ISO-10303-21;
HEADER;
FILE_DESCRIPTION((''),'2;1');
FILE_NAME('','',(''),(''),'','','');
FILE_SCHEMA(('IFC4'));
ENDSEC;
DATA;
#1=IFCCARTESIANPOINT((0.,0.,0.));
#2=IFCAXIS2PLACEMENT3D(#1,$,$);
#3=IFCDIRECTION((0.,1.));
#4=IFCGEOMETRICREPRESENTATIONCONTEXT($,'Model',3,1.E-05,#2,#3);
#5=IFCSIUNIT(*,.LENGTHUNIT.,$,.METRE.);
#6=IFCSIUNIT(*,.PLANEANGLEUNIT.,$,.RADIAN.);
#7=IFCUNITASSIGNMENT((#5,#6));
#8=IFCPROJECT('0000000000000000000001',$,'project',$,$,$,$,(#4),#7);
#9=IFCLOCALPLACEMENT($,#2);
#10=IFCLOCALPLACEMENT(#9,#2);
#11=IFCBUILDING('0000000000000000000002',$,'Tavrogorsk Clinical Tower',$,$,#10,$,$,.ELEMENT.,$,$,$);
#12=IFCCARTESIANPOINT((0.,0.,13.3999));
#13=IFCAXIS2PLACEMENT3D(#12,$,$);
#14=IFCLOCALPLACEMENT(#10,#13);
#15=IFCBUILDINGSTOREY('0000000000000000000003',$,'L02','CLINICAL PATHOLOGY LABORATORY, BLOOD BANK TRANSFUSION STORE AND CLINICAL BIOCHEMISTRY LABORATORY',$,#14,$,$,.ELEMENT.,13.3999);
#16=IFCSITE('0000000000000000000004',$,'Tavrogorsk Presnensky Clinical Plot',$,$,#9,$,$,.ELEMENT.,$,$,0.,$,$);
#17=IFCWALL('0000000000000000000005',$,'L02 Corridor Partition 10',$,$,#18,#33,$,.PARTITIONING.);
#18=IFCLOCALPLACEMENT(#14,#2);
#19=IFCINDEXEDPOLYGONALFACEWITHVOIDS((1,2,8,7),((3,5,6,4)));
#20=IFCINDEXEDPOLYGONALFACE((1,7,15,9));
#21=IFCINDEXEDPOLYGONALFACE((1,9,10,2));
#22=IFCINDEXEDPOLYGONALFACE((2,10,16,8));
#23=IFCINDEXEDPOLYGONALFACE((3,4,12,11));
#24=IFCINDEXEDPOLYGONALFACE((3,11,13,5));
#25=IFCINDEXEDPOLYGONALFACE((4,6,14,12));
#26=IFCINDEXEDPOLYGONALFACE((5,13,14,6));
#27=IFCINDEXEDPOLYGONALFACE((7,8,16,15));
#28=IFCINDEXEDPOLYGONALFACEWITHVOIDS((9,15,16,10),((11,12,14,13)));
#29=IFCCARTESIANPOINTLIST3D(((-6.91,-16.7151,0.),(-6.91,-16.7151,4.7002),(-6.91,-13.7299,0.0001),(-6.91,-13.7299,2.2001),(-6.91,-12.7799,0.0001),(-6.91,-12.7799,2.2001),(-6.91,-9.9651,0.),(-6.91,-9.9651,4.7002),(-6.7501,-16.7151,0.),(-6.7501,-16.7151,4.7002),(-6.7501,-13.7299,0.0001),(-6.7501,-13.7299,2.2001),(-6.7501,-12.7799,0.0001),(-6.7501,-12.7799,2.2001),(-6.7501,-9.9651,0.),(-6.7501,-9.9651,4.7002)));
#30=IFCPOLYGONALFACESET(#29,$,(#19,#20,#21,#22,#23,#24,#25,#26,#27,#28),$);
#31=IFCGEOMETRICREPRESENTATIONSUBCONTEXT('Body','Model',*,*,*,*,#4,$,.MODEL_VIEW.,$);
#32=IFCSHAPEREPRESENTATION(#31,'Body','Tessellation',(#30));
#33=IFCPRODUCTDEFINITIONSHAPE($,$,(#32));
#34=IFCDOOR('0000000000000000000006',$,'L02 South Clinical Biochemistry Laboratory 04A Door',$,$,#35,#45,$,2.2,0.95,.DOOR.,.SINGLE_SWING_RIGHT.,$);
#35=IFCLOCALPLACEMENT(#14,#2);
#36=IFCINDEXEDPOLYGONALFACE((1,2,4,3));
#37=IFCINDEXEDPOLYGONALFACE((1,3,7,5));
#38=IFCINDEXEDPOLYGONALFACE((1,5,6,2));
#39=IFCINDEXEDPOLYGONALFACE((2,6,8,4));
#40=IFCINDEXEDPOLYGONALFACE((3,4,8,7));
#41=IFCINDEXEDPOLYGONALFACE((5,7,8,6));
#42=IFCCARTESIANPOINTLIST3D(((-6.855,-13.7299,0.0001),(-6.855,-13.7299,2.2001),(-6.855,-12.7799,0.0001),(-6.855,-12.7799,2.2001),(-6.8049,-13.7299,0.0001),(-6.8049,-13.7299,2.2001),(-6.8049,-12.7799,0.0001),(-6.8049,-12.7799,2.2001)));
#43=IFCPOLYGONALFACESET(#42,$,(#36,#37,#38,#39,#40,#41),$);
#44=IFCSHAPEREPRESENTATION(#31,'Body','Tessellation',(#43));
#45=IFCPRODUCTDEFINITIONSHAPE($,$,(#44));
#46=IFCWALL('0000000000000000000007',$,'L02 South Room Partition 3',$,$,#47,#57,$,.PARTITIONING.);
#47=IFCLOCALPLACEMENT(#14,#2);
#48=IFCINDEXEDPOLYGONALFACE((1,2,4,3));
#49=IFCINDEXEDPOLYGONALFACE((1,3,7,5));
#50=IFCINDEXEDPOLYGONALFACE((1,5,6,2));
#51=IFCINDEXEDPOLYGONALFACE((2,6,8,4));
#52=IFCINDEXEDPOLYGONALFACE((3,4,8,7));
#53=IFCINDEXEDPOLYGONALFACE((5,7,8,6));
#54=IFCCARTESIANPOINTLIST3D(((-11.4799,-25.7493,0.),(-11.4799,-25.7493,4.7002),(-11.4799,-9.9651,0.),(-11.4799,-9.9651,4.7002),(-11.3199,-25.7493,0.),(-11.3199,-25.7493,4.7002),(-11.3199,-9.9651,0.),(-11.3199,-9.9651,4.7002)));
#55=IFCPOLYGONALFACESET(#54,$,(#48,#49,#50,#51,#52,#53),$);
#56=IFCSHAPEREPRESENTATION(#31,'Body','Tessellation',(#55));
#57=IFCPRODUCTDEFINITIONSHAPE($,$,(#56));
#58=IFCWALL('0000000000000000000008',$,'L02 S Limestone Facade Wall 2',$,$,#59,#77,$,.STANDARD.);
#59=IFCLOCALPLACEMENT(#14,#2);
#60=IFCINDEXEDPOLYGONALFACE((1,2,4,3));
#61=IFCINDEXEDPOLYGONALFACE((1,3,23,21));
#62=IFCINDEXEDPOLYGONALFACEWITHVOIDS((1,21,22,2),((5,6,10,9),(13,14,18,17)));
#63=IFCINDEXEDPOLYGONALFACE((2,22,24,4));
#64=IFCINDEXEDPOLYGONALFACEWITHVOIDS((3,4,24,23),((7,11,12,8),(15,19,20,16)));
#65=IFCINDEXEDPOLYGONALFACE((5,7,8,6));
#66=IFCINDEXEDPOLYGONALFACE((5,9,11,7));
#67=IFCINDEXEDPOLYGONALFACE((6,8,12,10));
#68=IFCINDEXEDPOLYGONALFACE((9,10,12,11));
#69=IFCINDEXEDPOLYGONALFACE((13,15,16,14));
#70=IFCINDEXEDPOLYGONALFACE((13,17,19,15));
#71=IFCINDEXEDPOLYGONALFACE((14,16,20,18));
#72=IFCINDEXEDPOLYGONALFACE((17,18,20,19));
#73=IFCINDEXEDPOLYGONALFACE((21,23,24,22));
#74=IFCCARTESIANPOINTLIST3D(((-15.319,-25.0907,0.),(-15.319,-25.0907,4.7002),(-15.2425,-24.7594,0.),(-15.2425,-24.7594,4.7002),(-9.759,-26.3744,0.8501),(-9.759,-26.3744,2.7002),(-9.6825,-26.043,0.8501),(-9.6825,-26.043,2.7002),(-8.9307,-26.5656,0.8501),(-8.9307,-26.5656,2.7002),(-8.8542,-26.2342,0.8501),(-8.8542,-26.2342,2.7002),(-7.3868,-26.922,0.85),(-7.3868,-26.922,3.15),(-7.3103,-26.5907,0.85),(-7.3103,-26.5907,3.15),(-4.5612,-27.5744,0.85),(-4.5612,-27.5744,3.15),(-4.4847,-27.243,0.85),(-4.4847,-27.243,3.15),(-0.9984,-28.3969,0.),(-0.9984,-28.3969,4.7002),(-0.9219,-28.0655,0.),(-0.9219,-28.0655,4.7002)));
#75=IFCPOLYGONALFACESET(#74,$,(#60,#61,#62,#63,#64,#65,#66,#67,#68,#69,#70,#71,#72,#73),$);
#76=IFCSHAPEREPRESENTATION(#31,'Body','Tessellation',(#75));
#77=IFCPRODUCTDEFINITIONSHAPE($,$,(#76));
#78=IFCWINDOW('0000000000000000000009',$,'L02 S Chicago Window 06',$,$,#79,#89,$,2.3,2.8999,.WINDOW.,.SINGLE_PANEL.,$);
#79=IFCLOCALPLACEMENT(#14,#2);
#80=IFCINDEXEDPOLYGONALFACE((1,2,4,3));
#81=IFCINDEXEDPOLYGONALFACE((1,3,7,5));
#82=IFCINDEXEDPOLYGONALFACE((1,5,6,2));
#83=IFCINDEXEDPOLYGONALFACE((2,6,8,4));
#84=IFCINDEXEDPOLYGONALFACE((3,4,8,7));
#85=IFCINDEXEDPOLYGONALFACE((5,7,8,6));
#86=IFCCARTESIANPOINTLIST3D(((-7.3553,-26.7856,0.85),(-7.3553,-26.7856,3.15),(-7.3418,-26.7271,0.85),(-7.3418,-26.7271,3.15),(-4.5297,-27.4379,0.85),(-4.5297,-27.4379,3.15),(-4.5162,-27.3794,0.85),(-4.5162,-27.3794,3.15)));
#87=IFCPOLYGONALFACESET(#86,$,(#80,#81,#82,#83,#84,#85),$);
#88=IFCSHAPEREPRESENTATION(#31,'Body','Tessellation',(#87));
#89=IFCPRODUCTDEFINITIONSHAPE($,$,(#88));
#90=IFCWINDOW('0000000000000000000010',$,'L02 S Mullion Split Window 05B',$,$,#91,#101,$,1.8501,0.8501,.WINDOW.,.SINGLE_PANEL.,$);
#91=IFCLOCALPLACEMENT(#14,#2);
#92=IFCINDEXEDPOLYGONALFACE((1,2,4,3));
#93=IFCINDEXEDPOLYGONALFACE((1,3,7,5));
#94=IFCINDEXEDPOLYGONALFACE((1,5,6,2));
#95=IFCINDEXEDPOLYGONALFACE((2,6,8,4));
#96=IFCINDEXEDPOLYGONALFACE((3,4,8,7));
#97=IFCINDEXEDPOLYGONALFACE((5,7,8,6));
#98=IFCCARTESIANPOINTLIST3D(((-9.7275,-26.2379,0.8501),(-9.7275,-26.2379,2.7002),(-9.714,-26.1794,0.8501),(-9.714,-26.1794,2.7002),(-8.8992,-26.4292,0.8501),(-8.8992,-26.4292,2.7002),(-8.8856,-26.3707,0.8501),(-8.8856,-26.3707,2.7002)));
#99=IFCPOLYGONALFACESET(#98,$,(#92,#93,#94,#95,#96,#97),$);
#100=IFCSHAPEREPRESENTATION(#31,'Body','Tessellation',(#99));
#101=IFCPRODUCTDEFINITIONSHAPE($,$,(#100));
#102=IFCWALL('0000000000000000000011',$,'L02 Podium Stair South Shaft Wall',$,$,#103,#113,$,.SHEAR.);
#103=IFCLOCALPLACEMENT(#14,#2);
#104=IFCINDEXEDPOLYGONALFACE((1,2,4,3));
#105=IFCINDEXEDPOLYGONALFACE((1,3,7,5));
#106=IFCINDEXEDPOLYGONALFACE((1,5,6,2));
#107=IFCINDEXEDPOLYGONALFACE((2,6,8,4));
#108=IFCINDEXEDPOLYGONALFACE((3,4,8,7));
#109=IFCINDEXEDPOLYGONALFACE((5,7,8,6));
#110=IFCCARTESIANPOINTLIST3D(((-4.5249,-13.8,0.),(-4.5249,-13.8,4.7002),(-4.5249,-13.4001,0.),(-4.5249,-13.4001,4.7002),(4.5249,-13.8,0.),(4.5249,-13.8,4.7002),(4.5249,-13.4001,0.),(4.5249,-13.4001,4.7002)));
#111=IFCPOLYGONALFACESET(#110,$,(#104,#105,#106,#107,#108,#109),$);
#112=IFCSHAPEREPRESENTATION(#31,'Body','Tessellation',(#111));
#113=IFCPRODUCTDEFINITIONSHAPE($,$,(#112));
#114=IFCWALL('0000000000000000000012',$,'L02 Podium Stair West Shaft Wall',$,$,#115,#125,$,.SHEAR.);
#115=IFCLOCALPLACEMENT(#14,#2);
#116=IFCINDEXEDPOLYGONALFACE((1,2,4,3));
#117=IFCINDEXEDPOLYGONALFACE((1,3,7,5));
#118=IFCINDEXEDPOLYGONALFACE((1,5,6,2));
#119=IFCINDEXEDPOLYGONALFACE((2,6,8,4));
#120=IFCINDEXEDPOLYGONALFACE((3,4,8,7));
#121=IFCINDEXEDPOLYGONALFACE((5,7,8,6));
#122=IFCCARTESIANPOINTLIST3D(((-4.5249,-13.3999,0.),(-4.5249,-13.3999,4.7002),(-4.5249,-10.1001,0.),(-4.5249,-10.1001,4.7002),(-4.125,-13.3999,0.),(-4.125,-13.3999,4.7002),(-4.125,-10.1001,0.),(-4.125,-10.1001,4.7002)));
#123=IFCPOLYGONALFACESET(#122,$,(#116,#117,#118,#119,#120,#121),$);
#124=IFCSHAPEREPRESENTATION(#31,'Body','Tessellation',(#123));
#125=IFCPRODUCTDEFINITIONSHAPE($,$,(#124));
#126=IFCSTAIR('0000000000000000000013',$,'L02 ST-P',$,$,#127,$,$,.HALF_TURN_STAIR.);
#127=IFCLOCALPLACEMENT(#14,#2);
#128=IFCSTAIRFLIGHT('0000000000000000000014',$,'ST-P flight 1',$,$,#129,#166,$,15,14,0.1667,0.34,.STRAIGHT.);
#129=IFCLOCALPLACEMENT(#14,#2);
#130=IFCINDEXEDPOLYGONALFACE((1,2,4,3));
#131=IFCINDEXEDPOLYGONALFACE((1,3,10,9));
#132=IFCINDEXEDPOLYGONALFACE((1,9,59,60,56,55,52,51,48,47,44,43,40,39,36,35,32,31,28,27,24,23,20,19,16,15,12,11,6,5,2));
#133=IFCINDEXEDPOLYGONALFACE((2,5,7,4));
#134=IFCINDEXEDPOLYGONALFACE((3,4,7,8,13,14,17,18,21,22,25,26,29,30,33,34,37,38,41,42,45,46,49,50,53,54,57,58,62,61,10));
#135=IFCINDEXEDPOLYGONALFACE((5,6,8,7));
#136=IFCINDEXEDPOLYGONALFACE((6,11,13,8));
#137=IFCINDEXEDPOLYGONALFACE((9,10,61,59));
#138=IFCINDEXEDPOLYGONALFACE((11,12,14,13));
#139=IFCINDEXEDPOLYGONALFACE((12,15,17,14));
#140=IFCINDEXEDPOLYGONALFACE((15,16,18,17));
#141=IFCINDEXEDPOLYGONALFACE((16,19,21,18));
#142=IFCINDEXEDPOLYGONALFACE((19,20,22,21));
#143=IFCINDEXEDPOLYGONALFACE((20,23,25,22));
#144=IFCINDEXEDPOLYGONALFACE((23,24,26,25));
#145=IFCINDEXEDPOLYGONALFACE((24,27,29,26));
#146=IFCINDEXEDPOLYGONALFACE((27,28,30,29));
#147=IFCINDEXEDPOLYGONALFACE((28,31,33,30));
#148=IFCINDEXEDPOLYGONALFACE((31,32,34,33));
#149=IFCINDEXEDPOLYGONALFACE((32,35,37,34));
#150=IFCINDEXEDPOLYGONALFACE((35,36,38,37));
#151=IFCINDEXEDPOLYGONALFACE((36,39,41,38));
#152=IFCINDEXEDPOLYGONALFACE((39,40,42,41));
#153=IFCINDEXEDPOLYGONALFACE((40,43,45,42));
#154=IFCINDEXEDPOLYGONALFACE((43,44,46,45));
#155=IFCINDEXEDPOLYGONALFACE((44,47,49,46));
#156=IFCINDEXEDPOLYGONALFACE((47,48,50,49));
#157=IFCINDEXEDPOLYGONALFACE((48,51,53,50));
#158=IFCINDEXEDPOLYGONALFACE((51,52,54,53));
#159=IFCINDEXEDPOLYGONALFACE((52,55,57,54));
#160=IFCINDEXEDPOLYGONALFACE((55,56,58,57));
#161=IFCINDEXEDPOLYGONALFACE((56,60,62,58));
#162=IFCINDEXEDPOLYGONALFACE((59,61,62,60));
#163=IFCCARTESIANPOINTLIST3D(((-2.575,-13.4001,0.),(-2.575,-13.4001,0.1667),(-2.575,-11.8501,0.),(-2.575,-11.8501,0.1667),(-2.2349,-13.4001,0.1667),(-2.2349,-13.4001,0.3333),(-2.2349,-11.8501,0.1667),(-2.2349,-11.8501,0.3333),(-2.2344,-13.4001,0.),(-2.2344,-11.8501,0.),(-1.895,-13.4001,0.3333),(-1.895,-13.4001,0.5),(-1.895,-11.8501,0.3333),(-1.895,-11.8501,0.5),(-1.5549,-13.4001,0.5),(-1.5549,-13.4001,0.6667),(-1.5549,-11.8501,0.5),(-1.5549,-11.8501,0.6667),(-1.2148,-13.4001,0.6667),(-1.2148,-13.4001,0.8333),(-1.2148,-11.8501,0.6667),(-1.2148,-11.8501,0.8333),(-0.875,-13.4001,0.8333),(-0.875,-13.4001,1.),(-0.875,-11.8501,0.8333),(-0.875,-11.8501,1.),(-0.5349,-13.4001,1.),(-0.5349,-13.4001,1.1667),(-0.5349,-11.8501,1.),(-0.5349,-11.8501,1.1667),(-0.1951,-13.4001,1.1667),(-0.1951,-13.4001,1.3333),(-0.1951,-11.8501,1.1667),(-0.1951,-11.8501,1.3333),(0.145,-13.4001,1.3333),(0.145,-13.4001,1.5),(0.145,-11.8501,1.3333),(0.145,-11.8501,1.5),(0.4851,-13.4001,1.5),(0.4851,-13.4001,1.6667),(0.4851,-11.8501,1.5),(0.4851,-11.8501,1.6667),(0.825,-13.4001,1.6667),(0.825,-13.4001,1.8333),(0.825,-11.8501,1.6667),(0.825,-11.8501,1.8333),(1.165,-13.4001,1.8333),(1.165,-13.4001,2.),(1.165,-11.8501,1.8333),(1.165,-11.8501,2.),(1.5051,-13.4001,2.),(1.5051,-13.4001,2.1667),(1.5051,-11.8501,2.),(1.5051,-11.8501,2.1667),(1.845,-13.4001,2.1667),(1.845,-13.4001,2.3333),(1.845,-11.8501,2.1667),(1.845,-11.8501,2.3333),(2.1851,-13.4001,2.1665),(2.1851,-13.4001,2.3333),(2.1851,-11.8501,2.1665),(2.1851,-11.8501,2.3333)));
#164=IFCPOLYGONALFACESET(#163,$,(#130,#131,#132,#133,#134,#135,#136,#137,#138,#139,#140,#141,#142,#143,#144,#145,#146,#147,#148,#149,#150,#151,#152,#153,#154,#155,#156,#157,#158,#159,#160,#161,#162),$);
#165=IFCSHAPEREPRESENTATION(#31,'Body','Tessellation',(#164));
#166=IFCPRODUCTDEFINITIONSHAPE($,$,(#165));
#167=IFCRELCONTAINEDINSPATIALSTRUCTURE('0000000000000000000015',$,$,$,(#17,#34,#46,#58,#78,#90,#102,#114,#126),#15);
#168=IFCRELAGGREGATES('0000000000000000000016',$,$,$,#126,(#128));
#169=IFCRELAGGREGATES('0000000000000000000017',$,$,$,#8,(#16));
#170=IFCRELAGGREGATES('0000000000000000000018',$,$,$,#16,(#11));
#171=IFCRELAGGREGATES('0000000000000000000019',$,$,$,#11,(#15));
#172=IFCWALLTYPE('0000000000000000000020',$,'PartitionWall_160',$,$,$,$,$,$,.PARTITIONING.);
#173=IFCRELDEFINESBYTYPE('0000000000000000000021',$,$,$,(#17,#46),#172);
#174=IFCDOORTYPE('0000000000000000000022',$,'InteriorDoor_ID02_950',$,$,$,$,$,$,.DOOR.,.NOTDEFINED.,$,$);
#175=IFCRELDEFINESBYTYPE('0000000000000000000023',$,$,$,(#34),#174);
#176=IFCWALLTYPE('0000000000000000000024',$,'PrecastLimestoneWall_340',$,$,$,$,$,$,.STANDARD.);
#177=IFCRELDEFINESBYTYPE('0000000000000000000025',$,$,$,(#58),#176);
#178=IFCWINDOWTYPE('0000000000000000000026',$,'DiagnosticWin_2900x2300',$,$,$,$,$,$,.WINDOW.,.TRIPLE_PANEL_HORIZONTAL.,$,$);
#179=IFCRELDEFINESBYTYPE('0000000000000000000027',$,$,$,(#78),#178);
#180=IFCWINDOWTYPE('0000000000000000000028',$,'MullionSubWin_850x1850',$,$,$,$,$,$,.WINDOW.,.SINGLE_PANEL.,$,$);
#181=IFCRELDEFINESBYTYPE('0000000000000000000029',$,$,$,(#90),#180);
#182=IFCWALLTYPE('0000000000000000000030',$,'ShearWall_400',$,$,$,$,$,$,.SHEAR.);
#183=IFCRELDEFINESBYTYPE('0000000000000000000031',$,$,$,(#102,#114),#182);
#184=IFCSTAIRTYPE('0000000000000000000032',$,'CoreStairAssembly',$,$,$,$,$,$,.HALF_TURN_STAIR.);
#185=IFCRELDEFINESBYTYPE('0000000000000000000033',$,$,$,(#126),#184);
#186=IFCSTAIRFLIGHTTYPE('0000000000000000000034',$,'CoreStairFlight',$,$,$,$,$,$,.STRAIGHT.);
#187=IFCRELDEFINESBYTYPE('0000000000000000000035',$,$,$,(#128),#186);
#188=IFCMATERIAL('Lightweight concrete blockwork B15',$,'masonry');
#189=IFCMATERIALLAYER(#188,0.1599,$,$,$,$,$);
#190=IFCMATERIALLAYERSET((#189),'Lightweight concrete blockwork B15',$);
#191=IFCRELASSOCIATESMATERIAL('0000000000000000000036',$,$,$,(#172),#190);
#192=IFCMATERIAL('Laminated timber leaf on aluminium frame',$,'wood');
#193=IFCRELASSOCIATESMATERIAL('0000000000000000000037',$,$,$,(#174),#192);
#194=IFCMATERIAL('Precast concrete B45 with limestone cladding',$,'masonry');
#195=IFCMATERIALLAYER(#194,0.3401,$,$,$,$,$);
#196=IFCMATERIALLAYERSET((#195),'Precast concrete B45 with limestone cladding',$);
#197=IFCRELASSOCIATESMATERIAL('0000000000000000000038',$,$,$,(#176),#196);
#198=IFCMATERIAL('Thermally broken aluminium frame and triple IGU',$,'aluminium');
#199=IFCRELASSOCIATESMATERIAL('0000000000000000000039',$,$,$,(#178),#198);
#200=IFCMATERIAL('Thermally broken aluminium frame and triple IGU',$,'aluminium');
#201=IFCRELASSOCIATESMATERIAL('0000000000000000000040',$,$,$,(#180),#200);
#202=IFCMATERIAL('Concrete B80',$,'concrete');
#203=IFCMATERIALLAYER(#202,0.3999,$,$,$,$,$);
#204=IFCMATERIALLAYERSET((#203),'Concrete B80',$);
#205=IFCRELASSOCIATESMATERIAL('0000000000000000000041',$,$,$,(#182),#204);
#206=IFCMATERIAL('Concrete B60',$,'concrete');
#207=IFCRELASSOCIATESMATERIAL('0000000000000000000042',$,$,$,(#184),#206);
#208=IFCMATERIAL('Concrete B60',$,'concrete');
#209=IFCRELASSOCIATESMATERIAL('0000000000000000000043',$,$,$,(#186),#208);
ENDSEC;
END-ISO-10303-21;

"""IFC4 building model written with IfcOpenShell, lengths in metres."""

from ifc_helpers import new_model, si_unit, direction, frame, frame_2d, origin, place, context, subcontext, project, spatial, polyline, rectangle, outline, extrude, material, layer, layer_set, type_object, element, fill, aggregate, save


model = new_model("IFC4")

# Units and contexts
model_context = context("Model", 3, precision=1e-05, world=origin(), true_north=direction((0.0, 1.0)))
body_context = subcontext(model_context, "Body", "Model", "MODEL_VIEW")
ifc_project = project(units=[si_unit("LENGTHUNIT", "METRE"), si_unit("PLANEANGLEUNIT", "RADIAN")], contexts=[model_context])

# Site, building, storey
site_placement = place(None, origin())
site = spatial("IfcSite", under=ifc_project, at=site_placement, Name="Tavrogorsk Presnensky Clinical Plot", CompositionType="ELEMENT", RefElevation=0.0)
building_placement = place(site_placement, origin())
building = spatial("IfcBuilding", under=site, at=building_placement, Name="Tavrogorsk Clinical Tower", CompositionType="ELEMENT")
storey_placement = place(building_placement, frame((0.0, 0.0, 13.3999)))
storey = spatial("IfcBuildingStorey", under=building, at=storey_placement, Name="L02", Description="CLINICAL PATHOLOGY LABORATORY, BLOOD BANK TRANSFUSION STORE AND CLINICAL BIOCHEMISTRY LABORATORY", CompositionType="ELEMENT", Elevation=13.3999)

# Shared definitions
ifc_material_1 = material(Name="Lightweight concrete blockwork B15", Category="masonry")
ifc_layer_1 = layer(ifc_material_1, 0.1599)
ifc_layer_set_1 = layer_set([ifc_layer_1], Name="Lightweight concrete blockwork B15")
wall_type_1 = type_object("IfcWallType", Name="PartitionWall_160", PredefinedType="PARTITIONING", material=ifc_layer_set_1)

# Wall, opening, door
wall_1_placement = place(storey_placement, frame((-6.8301, -16.7151, 0.0), z_axis=(0.0, 0.0, 1.0), x_axis=(0.0, 1.0, 0.0)))
wall_1 = element("IfcWall", 1, at=wall_1_placement, inside=storey, type_object=wall_type_1, Name="L02 Corridor Partition 10", PredefinedType="PARTITIONING", context=body_context, shape_type="SweptSolid", body=[
    extrude(rectangle(XDim=6.75, YDim=0.1599, at=frame_2d((3.375, 0.0))), origin(), (0.0, 0.0, 1.0), 4.7002),
])
opening_1_placement = place(wall_1_placement, frame((2.9851, 0.0, 0.0)))
opening_1 = element("IfcOpeningElement", 2, at=opening_1_placement, cuts=wall_1, PredefinedType="OPENING", context=body_context, shape_type="SweptSolid", body=[
    extrude(rectangle(XDim=0.95, YDim=2.2, at=frame_2d((0.4751, 1.1001))), frame((0.0, 0.0898, 0.0), z_axis=(0.0, -1.0, 0.0), x_axis=(1.0, 0.0, 0.0)), (0.0, 0.0, 1.0), 0.1799),
])
ifc_material_2 = material(Name="Laminated timber leaf on aluminium frame", Category="wood")
door_type = type_object("IfcDoorType", Name="InteriorDoor_ID02_950", OperationType="NOTDEFINED", PredefinedType="DOOR", material=ifc_material_2)
door_placement = place(opening_1_placement, origin())
door = element("IfcDoor", 3, at=door_placement, inside=storey, type_object=door_type, Name="L02 South Clinical Biochemistry Laboratory 04A Door", OperationType="SINGLE_SWING_RIGHT", OverallHeight=2.2, OverallWidth=0.95, PredefinedType="DOOR", context=body_context, shape_type="SweptSolid", body=[
    extrude(rectangle(XDim=0.95, YDim=2.2, at=frame_2d((0.4751, 1.1001))), frame((0.0, 0.0249, 0.0), z_axis=(0.0, -1.0, 0.0), x_axis=(1.0, 0.0, 0.0)), (0.0, 0.0, 1.0), 0.05),
])
fill(opening_1, door)

# Wall
wall_2_placement = place(storey_placement, frame((-11.3999, -25.7493, 0.0), z_axis=(0.0, 0.0, 1.0), x_axis=(0.0, 1.0, 0.0)))
element("IfcWall", 4, at=wall_2_placement, inside=storey, type_object=wall_type_1, Name="L02 South Room Partition 3", PredefinedType="PARTITIONING", context=body_context, shape_type="SweptSolid", body=[
    extrude(rectangle(XDim=15.7842, YDim=0.1599, at=frame_2d((7.8921, 0.0))), origin(), (0.0, 0.0, 1.0), 4.7002),
])

# Wall, openings, windows
ifc_material_3 = material(Name="Precast concrete B45 with limestone cladding", Category="masonry")
ifc_layer_2 = layer(ifc_material_3, 0.3401)
ifc_layer_set_2 = layer_set([ifc_layer_2], Name="Precast concrete B45 with limestone cladding")
wall_type_2 = type_object("IfcWallType", Name="PrecastLimestoneWall_340", PredefinedType="STANDARD", material=ifc_layer_set_2)
wall_3_placement = place(storey_placement, frame((-15.2808, -24.925, 0.0), z_axis=(0.0, 0.0, 1.0), x_axis=(0.97437, -0.22495, 0.0)))
wall_3 = element("IfcWall", 5, at=wall_3_placement, inside=storey, type_object=wall_type_2, Name="L02 S Limestone Facade Wall 2", PredefinedType="STANDARD", context=body_context, shape_type="SweptSolid", body=[
    extrude(rectangle(XDim=14.6973, YDim=0.3401, at=frame_2d((7.3486, 0.0))), origin(), (0.0, 0.0, 1.0), 4.7002),
])
opening_2_placement = place(wall_3_placement, frame((5.7063, 0.0, 0.8501)))
opening_2 = element("IfcOpeningElement", 6, at=opening_2_placement, cuts=wall_3, PredefinedType="OPENING", context=body_context, shape_type="SweptSolid", body=[
    extrude(rectangle(XDim=0.8501, YDim=1.8501, at=frame_2d((0.425, 0.925))), frame((0.0, 0.1799, 0.0), z_axis=(0.0, -1.0, 0.0), x_axis=(1.0, 0.0, 0.0)), (0.0, 0.0, 1.0), 0.3601),
])
opening_3_placement = place(wall_3_placement, frame((8.1409, 0.0, 0.8501)))
opening_3 = element("IfcOpeningElement", 7, at=opening_3_placement, cuts=wall_3, PredefinedType="OPENING", context=body_context, shape_type="SweptSolid", body=[
    extrude(rectangle(XDim=2.8999, YDim=2.3, at=frame_2d((1.45, 1.1499))), frame((0.0, 0.1799, 0.0), z_axis=(0.0, -1.0, 0.0), x_axis=(1.0, 0.0, 0.0)), (0.0, 0.0, 1.0), 0.3601),
])
ifc_material_4 = material(Name="Thermally broken aluminium frame and triple IGU", Category="aluminium")
window_type_1 = type_object("IfcWindowType", Name="DiagnosticWin_2900x2300", PartitioningType="TRIPLE_PANEL_HORIZONTAL", PredefinedType="WINDOW", material=ifc_material_4)
window_1_placement = place(opening_3_placement, origin())
window_1 = element("IfcWindow", 8, at=window_1_placement, inside=storey, type_object=window_type_1, Name="L02 S Chicago Window 06", OverallHeight=2.3, OverallWidth=2.8999, PartitioningType="SINGLE_PANEL", PredefinedType="WINDOW", context=body_context, shape_type="SweptSolid", body=[
    extrude(rectangle(XDim=2.8999, YDim=2.3, at=frame_2d((1.45, 1.1499))), frame((0.0, 0.03, 0.0), z_axis=(0.0, -1.0, 0.0), x_axis=(1.0, 0.0, 0.0)), (0.0, 0.0, 1.0), 0.0601),
])
fill(opening_3, window_1)
ifc_material_5 = material(Name="Thermally broken aluminium frame and triple IGU", Category="aluminium")
window_type_2 = type_object("IfcWindowType", Name="MullionSubWin_850x1850", PartitioningType="SINGLE_PANEL", PredefinedType="WINDOW", material=ifc_material_5)
window_2_placement = place(opening_2_placement, origin())
window_2 = element("IfcWindow", 9, at=window_2_placement, inside=storey, type_object=window_type_2, Name="L02 S Mullion Split Window 05B", OverallHeight=1.8501, OverallWidth=0.8501, PartitioningType="SINGLE_PANEL", PredefinedType="WINDOW", context=body_context, shape_type="SweptSolid", body=[
    extrude(rectangle(XDim=0.8501, YDim=1.8501, at=frame_2d((0.425, 0.925))), frame((0.0, 0.03, 0.0), z_axis=(0.0, -1.0, 0.0), x_axis=(1.0, 0.0, 0.0)), (0.0, 0.0, 1.0), 0.0601),
])
fill(opening_2, window_2)

# Walls
ifc_material_6 = material(Name="Concrete B80", Category="concrete")
ifc_layer_3 = layer(ifc_material_6, 0.3999)
ifc_layer_set_3 = layer_set([ifc_layer_3], Name="Concrete B80")
wall_type_3 = type_object("IfcWallType", Name="ShearWall_400", PredefinedType="SHEAR", material=ifc_layer_set_3)
wall_4_placement = place(storey_placement, frame((-4.5249, -13.6001, 0.0), z_axis=(0.0, 0.0, 1.0), x_axis=(1.0, 0.0, 0.0)))
element("IfcWall", 10, at=wall_4_placement, inside=storey, type_object=wall_type_3, Name="L02 Podium Stair South Shaft Wall", PredefinedType="SHEAR", context=body_context, shape_type="SweptSolid", body=[
    extrude(rectangle(XDim=9.0498, YDim=0.3999, at=frame_2d((4.5249, 0.0))), origin(), (0.0, 0.0, 1.0), 4.7002),
])
wall_5_placement = place(storey_placement, frame((-4.325, -13.3999, 0.0), z_axis=(0.0, 0.0, 1.0), x_axis=(0.0, 1.0, 0.0)))
element("IfcWall", 11, at=wall_5_placement, inside=storey, type_object=wall_type_3, Name="L02 Podium Stair West Shaft Wall", PredefinedType="SHEAR", context=body_context, shape_type="SweptSolid", body=[
    extrude(rectangle(XDim=3.2998, YDim=0.3999, at=frame_2d((1.6499, 0.0))), origin(), (0.0, 0.0, 1.0), 4.7002),
])

# Stair, stair flight
ifc_material_7 = material(Name="Concrete B60", Category="concrete")
stair_type = type_object("IfcStairType", Name="CoreStairAssembly", PredefinedType="HALF_TURN_STAIR", material=ifc_material_7)
stair_placement = place(storey_placement, origin())
stair = element("IfcStair", 12, at=stair_placement, inside=storey, type_object=stair_type, Name="L02 ST-P", PredefinedType="HALF_TURN_STAIR")
ifc_material_8 = material(Name="Concrete B60", Category="concrete")
stair_flight_type = type_object("IfcStairFlightType", Name="CoreStairFlight", PredefinedType="STRAIGHT", material=ifc_material_8)
stair_flight_placement = place(storey_placement, frame((-2.575, -12.625, 0.0), z_axis=(0.0, 0.0, 1.0), x_axis=(1.0, 0.0, 0.0)))
stair_flight = element("IfcStairFlight", 13, at=stair_flight_placement, type_object=stair_flight_type, Name="ST-P flight 1", NumberOfRisers=15, NumberOfTreads=14, PredefinedType="STRAIGHT", RiserHeight=0.1667, TreadLength=0.34, context=body_context, shape_type="SweptSolid", body=[
    extrude(outline(polyline([(0.0, 0.0), (0.0, 0.1667), (0.3401, 0.1667), (0.3401, 0.3333), (0.6799, 0.3333), (0.6799, 0.5), (1.02, 0.5), (1.02, 0.6667), (1.3601, 0.6667), (1.3601, 0.8333), (1.7, 0.8333), (1.7, 1.0), (2.04, 1.0), (2.04, 1.1667), (2.3799, 1.1667), (2.3799, 1.3333), (2.72, 1.3333), (2.72, 1.5), (3.0601, 1.5), (3.0601, 1.6667), (3.3999, 1.6667), (3.3999, 1.8333), (3.74, 1.8333), (3.74, 2.0), (4.0801, 2.0), (4.0801, 2.1667), (4.4199, 2.1667), (4.4199, 2.3333), (4.76, 2.3333), (4.76, 2.5), (4.76, 2.1665), (0.3406, 0.0), (0.0, 0.0)])), frame((0.0, 0.7749, 0.0), z_axis=(0.0, -1.0, 0.0), x_axis=(1.0, 0.0, 0.0)), (0.0, 0.0, 1.0), 1.55),
])
aggregate(stair, [stair_flight])

save(model, "model.ifc")
